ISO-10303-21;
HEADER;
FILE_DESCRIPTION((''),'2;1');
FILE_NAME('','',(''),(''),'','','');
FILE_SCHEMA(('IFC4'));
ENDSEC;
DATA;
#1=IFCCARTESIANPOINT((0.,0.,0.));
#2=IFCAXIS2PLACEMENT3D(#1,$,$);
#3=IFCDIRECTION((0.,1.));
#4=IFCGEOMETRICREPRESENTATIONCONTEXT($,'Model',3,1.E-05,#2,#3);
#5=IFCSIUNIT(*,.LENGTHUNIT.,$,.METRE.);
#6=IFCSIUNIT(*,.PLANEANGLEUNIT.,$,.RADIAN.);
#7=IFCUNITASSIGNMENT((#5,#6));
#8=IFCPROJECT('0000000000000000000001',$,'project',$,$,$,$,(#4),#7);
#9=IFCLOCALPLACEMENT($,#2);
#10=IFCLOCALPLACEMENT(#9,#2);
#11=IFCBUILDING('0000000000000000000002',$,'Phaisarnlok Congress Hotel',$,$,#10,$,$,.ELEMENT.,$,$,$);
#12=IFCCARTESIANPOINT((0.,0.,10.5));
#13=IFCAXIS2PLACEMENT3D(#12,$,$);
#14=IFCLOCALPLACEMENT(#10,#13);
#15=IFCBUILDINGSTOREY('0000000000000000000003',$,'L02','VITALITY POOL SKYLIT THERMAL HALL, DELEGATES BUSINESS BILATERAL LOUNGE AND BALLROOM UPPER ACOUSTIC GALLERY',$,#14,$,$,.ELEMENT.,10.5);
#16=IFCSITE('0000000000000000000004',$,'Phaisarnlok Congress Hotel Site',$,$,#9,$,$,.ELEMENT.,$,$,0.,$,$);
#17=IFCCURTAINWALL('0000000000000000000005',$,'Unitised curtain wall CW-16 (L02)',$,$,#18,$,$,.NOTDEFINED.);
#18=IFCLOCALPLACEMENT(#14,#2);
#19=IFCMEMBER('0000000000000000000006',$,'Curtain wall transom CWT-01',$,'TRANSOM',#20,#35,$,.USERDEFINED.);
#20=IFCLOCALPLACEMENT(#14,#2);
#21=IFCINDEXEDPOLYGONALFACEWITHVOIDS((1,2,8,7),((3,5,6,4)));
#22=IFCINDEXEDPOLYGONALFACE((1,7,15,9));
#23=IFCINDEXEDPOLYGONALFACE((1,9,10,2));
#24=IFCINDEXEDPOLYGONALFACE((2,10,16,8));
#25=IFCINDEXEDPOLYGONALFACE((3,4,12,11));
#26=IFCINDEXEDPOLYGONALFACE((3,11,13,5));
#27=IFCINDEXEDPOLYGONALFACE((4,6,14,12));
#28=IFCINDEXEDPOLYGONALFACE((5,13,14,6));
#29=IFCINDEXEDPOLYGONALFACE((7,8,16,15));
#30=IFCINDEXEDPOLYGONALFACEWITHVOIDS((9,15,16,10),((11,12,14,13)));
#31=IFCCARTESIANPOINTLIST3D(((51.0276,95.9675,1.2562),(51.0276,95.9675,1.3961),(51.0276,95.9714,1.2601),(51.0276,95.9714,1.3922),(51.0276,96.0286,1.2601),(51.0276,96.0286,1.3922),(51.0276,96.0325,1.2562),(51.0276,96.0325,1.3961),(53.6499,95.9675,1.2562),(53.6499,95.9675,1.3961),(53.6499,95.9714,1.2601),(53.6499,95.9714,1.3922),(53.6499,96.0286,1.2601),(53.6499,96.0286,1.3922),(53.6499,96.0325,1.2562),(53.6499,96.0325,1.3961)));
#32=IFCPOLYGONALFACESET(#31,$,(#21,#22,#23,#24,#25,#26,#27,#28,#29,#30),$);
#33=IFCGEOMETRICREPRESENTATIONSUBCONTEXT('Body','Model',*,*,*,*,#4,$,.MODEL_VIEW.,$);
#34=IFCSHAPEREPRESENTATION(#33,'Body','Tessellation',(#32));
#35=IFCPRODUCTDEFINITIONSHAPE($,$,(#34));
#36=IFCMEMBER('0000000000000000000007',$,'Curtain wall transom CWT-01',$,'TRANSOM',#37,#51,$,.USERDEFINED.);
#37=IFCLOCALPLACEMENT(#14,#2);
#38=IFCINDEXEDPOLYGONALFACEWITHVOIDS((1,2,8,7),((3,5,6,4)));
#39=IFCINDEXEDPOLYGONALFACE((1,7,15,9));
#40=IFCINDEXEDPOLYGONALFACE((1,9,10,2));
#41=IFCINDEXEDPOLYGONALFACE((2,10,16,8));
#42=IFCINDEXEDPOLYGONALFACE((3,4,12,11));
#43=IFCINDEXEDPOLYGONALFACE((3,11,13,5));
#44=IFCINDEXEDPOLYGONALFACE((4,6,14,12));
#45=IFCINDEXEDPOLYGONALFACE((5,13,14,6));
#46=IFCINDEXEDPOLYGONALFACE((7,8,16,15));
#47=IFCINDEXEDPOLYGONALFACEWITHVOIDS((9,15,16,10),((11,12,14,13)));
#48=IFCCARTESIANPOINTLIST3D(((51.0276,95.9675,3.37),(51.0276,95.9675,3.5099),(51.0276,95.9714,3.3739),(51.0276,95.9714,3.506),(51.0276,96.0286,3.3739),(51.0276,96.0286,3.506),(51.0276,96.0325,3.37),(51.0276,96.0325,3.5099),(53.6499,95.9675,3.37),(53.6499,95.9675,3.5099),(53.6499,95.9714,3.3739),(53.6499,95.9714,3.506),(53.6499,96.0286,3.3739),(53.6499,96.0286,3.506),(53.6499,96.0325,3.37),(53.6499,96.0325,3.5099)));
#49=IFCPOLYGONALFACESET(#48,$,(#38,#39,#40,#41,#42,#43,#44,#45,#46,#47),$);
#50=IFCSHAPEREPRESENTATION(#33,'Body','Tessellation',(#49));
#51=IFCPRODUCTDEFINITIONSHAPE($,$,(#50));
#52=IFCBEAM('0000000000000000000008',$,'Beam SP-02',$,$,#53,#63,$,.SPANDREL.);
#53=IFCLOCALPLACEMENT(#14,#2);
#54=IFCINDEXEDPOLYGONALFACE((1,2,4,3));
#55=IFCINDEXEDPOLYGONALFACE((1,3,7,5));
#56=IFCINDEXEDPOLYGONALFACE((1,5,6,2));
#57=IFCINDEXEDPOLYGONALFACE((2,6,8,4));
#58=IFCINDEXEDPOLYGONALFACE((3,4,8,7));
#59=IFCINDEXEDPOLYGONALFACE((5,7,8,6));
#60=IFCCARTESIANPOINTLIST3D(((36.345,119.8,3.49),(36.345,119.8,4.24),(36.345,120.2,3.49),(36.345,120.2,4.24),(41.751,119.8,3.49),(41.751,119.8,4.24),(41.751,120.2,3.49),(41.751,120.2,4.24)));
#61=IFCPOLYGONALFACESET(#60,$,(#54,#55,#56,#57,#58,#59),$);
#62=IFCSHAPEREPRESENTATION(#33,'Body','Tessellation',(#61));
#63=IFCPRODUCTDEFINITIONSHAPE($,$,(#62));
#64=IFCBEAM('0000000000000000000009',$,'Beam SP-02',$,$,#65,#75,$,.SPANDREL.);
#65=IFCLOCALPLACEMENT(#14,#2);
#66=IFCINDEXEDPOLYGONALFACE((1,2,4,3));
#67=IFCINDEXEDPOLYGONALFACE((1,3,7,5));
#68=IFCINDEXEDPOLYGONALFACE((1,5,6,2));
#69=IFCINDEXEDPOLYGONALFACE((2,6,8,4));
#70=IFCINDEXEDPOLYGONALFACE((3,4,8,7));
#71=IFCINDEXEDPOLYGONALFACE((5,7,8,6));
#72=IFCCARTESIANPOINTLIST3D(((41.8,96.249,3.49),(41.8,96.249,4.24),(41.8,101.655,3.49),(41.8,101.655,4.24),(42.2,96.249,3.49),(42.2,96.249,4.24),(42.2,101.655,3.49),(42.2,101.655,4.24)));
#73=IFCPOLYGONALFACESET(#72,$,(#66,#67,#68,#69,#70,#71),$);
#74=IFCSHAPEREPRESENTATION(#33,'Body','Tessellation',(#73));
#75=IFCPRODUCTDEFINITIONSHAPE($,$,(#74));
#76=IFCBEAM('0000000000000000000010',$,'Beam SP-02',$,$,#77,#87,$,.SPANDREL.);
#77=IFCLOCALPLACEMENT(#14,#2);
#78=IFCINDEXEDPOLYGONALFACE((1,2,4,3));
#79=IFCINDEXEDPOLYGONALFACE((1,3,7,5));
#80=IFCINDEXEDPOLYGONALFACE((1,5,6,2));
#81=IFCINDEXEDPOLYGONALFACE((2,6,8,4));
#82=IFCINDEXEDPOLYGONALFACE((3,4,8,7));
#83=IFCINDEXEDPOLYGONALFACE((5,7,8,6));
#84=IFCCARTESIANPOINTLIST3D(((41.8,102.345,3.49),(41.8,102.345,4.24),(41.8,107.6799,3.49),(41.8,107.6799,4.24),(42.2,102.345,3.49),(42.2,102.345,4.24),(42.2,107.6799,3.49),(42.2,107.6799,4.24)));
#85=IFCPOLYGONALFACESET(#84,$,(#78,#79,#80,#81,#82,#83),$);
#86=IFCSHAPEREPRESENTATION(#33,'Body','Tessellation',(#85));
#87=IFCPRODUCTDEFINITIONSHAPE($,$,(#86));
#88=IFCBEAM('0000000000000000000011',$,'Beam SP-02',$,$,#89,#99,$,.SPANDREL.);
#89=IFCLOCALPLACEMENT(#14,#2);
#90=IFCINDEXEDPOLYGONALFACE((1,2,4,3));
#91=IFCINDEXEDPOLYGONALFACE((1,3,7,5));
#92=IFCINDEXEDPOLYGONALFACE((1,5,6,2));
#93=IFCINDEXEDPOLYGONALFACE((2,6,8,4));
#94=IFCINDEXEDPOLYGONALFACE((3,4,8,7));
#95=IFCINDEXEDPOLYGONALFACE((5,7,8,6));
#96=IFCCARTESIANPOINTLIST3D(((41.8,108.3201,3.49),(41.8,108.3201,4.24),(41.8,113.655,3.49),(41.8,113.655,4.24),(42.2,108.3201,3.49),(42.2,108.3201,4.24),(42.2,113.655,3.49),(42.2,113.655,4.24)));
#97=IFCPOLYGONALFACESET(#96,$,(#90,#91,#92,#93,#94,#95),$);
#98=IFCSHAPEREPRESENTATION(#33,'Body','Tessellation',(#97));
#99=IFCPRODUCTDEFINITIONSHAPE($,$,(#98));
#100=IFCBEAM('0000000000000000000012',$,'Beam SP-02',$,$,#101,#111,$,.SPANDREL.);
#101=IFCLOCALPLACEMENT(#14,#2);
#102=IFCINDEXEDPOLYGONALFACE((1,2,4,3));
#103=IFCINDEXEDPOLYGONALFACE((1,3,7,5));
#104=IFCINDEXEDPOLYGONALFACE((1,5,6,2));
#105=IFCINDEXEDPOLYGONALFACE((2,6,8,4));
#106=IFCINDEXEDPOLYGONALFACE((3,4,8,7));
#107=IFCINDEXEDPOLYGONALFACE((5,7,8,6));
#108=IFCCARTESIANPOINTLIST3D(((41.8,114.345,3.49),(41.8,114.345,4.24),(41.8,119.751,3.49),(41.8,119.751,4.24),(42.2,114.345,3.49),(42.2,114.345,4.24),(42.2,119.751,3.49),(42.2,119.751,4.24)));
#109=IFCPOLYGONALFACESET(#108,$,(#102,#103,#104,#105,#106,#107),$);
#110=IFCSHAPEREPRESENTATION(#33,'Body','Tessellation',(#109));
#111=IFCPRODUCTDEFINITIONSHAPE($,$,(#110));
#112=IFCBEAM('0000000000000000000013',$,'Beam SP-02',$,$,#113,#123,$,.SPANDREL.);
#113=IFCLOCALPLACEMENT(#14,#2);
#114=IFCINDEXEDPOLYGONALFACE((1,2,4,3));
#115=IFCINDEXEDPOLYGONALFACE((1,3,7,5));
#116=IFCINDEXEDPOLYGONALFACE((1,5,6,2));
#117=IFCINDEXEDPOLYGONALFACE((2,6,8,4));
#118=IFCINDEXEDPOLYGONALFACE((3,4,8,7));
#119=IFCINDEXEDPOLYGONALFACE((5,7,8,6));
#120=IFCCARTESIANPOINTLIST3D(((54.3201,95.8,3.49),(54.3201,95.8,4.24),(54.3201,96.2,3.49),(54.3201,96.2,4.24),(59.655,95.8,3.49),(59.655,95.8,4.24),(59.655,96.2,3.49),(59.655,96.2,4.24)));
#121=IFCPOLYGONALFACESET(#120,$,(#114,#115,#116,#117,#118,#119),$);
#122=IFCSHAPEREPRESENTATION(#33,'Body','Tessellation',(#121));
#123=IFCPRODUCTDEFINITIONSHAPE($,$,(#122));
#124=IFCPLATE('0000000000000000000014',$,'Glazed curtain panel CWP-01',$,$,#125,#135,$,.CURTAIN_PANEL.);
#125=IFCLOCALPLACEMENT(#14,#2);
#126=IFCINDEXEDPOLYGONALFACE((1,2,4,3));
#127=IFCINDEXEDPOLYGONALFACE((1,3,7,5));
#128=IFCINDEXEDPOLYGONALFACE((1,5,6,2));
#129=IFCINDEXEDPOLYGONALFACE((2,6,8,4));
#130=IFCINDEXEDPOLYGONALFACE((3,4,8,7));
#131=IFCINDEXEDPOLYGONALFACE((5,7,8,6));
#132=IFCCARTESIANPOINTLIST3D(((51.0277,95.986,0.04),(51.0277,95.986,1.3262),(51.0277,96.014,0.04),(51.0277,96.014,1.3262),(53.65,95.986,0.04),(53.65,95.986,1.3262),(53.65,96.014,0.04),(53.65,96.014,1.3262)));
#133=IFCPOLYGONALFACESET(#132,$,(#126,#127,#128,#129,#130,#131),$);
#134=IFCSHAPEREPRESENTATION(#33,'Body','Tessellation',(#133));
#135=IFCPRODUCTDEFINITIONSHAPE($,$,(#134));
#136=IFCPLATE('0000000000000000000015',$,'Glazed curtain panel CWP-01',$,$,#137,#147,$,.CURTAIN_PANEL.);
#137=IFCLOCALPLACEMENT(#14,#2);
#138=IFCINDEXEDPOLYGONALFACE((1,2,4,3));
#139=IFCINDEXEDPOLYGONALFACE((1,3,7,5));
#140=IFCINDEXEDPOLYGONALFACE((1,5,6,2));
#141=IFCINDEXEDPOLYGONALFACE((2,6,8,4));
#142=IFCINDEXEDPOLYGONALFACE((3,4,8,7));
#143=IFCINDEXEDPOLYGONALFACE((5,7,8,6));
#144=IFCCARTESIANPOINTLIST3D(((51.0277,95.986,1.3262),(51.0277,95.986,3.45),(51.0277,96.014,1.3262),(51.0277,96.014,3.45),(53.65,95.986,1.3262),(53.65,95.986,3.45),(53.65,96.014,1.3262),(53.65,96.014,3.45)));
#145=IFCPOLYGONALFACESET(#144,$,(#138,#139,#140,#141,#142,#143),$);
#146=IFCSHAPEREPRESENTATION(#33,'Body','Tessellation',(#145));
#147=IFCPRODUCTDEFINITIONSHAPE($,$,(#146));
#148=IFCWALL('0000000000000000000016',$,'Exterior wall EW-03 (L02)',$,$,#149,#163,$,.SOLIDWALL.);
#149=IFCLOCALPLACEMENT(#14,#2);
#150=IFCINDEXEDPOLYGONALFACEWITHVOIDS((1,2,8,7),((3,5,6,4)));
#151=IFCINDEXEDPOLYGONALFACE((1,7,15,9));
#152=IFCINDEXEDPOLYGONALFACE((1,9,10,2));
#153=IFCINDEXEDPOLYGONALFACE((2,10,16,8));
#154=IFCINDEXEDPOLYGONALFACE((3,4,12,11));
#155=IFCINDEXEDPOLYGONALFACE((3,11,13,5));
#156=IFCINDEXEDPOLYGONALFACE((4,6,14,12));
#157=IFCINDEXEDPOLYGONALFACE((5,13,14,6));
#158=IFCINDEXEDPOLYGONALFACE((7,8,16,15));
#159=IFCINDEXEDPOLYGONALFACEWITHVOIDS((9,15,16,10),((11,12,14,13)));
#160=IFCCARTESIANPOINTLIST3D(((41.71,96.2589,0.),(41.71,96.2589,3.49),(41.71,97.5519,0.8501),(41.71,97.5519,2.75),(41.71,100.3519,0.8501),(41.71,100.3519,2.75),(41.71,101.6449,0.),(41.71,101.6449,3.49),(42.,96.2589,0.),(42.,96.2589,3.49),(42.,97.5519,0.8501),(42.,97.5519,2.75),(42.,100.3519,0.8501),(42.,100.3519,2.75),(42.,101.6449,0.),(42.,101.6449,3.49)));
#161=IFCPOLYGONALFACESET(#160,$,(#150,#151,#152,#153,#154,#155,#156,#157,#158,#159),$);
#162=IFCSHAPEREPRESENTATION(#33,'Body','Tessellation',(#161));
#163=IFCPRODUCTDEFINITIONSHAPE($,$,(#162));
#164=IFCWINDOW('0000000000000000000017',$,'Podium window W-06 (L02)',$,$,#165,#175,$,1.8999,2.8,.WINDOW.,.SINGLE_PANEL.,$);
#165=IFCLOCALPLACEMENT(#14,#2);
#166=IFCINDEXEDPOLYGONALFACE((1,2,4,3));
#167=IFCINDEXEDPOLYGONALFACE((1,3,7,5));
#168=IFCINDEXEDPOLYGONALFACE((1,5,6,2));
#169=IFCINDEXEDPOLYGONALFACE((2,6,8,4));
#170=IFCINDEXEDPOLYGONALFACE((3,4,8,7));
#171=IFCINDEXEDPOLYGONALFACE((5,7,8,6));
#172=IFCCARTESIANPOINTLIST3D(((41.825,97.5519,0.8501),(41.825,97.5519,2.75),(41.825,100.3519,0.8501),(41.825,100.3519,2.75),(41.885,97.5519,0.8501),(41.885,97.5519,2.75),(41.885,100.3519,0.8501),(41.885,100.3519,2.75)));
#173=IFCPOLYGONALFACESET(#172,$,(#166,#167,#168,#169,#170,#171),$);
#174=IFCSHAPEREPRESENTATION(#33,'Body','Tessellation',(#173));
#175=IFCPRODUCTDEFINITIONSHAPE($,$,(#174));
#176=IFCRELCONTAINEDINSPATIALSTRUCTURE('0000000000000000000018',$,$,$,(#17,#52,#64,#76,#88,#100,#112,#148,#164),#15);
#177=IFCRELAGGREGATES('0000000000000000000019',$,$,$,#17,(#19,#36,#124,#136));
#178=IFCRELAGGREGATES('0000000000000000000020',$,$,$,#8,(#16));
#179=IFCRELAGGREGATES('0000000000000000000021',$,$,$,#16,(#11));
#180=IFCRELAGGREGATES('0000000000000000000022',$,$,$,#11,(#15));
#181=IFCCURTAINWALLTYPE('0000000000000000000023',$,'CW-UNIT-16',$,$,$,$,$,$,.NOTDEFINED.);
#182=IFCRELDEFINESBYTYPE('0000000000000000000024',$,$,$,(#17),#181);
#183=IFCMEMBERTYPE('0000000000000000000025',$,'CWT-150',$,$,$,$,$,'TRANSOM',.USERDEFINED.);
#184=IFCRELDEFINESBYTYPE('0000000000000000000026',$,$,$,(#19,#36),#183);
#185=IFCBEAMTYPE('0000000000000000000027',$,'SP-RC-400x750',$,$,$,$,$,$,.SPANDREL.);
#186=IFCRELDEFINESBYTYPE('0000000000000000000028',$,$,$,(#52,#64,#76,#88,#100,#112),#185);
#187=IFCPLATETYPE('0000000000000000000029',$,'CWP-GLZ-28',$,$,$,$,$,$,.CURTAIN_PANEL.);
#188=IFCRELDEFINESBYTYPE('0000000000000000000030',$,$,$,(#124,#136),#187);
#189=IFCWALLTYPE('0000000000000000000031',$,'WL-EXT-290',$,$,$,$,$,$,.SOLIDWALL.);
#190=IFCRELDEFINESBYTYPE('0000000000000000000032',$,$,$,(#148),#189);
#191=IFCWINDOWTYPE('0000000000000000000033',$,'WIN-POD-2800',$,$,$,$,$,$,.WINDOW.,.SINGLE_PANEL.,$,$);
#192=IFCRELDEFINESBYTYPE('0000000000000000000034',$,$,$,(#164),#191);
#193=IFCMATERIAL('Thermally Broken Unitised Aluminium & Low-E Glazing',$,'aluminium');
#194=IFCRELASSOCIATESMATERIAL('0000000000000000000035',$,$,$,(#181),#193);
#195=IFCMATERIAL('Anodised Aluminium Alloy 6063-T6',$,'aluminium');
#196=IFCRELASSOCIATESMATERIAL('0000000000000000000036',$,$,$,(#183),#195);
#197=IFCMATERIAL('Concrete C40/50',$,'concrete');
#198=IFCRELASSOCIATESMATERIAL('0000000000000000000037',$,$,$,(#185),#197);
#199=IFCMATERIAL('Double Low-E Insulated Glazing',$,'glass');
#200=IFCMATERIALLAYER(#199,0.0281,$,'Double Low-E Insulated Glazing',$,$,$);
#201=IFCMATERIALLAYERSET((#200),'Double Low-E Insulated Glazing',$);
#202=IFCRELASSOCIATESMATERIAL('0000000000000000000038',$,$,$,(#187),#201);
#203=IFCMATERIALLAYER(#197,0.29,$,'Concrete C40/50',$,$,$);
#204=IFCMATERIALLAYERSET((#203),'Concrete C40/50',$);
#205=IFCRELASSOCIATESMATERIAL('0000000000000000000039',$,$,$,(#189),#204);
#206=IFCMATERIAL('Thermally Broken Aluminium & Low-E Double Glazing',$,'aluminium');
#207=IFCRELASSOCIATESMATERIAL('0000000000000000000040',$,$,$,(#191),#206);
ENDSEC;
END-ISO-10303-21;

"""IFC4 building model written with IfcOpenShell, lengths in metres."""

from ifc_helpers import new_model, si_unit, direction, frame, frame_2d, origin, origin_2d, place, context, subcontext, project, spatial, rectangle, hollow_rectangle, extrude, material, layer, layer_set, material_profile, profile_set, type_object, element, fill, aggregate, save


model = new_model("IFC4")

# Units and contexts
model_context = context("Model", 3, precision=1e-05, world=origin(), true_north=direction((0.0, 1.0)))
body_context = subcontext(model_context, "Body", "Model", "MODEL_VIEW")
ifc_project = project(units=[si_unit("LENGTHUNIT", "METRE"), si_unit("PLANEANGLEUNIT", "RADIAN")], contexts=[model_context])

# Site, building, storey
site_placement = place(None, origin())
site = spatial("IfcSite", under=ifc_project, at=site_placement, Name="Phaisarnlok Congress Hotel Site", CompositionType="ELEMENT", RefElevation=0.0)
building_placement = place(site_placement, origin())
building = spatial("IfcBuilding", under=site, at=building_placement, Name="Phaisarnlok Congress Hotel", CompositionType="ELEMENT")
storey_placement = place(building_placement, frame((0.0, 0.0, 10.5)))
storey = spatial("IfcBuildingStorey", under=building, at=storey_placement, Name="L02", Description="VITALITY POOL SKYLIT THERMAL HALL, DELEGATES BUSINESS BILATERAL LOUNGE AND BALLROOM UPPER ACOUSTIC GALLERY", CompositionType="ELEMENT", Elevation=10.5)

# Curtain wall, members
ifc_material_1 = material(Name="Thermally Broken Unitised Aluminium & Low-E Glazing", Category="aluminium")
curtain_wall_type = type_object("IfcCurtainWallType", Name="CW-UNIT-16", PredefinedType="NOTDEFINED", material=ifc_material_1)
curtain_wall_placement = place(storey_placement, origin())
curtain_wall = element("IfcCurtainWall", 1, at=curtain_wall_placement, inside=storey, type_object=curtain_wall_type, Name="Unitised curtain wall CW-16 (L02)", PredefinedType="NOTDEFINED")
ifc_material_2 = material(Name="Anodised Aluminium Alloy 6063-T6", Category="aluminium")
ifc_material_profile_1 = material_profile(ifc_material_2, hollow_rectangle(XDim=0.0649, YDim=0.1399, WallThickness=0.0039, at=origin_2d()), Name="ALU-T 65x140x4")
ifc_profile_set_1 = profile_set([ifc_material_profile_1], Name="Anodised Aluminium Alloy 6063-T6")
member_type = type_object("IfcMemberType", Name="CWT-150", ElementType="TRANSOM", PredefinedType="USERDEFINED", material=ifc_profile_set_1)
member_1_placement = place(storey_placement, frame((53.6499, 96.0, 1.3262), z_axis=(-1.0, 0.0, 0.0), x_axis=(0.0, -1.0, 0.0)))
member_1 = element("IfcMember", 2, at=member_1_placement, type_object=member_type, Name="Curtain wall transom CWT-01", ObjectType="TRANSOM", PredefinedType="USERDEFINED", context=body_context, shape_type="SweptSolid", body=[
    extrude(hollow_rectangle(XDim=0.0649, YDim=0.1399, WallThickness=0.0039, at=origin_2d()), origin(), (0.0, 0.0, 1.0), 2.6223),
])
member_2_placement = place(storey_placement, frame((53.6499, 96.0, 3.4399), z_axis=(-1.0, 0.0, 0.0), x_axis=(0.0, -1.0, 0.0)))
member_2 = element("IfcMember", 3, at=member_2_placement, type_object=member_type, Name="Curtain wall transom CWT-01", ObjectType="TRANSOM", PredefinedType="USERDEFINED", context=body_context, shape_type="SweptSolid", body=[
    extrude(hollow_rectangle(XDim=0.0649, YDim=0.1399, WallThickness=0.0039, at=origin_2d()), origin(), (0.0, 0.0, 1.0), 2.6223),
])

# Beams
ifc_material_3 = material(Name="Concrete C40/50", Category="concrete")
ifc_material_profile_2 = material_profile(ifc_material_3, rectangle(XDim=0.3999, YDim=0.75, at=origin_2d()), Name="RC 400x750")
ifc_profile_set_2 = profile_set([ifc_material_profile_2], Name="Concrete C40/50")
beam_type = type_object("IfcBeamType", Name="SP-RC-400x750", PredefinedType="SPANDREL", material=ifc_profile_set_2)
for number, where, z_axis, x_axis, name in (
    (4, (36.345, 120.0, 3.865), (1.0, 0.0, 0.0), (0.0, 1.0, 0.0), "Beam SP-02"),
    (5, (42.0, 96.249, 3.865), (0.0, 1.0, 0.0), (-1.0, 0.0, 0.0), "Beam SP-02"),
):
    element("IfcBeam", number, at=place(storey_placement, frame(where, z_axis=z_axis, x_axis=x_axis)), inside=storey, type_object=beam_type, Name=name, PredefinedType="SPANDREL", context=body_context, shape_type="SweptSolid", body=[
        extrude(rectangle(XDim=0.3999, YDim=0.75, at=origin_2d()), origin(), (0.0, 0.0, 1.0), 5.406),
    ])
for number, where, z_axis, x_axis, name in (
    (6, (42.0, 102.345, 3.865), (0.0, 1.0, 0.0), (-1.0, 0.0, 0.0), "Beam SP-02"),
    (7, (42.0, 108.3201, 3.865), (0.0, 1.0, 0.0), (-1.0, 0.0, 0.0), "Beam SP-02"),
):
    element("IfcBeam", number, at=place(storey_placement, frame(where, z_axis=z_axis, x_axis=x_axis)), inside=storey, type_object=beam_type, Name=name, PredefinedType="SPANDREL", context=body_context, shape_type="SweptSolid", body=[
        extrude(rectangle(XDim=0.3999, YDim=0.75, at=origin_2d()), origin(), (0.0, 0.0, 1.0), 5.335),
    ])
beam_1_placement = place(storey_placement, frame((42.0, 114.345, 3.865), z_axis=(0.0, 1.0, 0.0), x_axis=(-1.0, 0.0, 0.0)))
element("IfcBeam", 8, at=beam_1_placement, inside=storey, type_object=beam_type, Name="Beam SP-02", PredefinedType="SPANDREL", context=body_context, shape_type="SweptSolid", body=[
    extrude(rectangle(XDim=0.3999, YDim=0.75, at=origin_2d()), origin(), (0.0, 0.0, 1.0), 5.406),
])
beam_2_placement = place(storey_placement, frame((54.3201, 96.0, 3.865), z_axis=(1.0, 0.0, 0.0), x_axis=(0.0, 1.0, 0.0)))
element("IfcBeam", 9, at=beam_2_placement, inside=storey, type_object=beam_type, Name="Beam SP-02", PredefinedType="SPANDREL", context=body_context, shape_type="SweptSolid", body=[
    extrude(rectangle(XDim=0.3999, YDim=0.75, at=origin_2d()), origin(), (0.0, 0.0, 1.0), 5.335),
])

# Plates
ifc_material_4 = material(Name="Double Low-E Insulated Glazing", Category="glass")
ifc_layer_1 = layer(ifc_material_4, 0.0281, Name="Double Low-E Insulated Glazing")
ifc_layer_set_1 = layer_set([ifc_layer_1], Name="Double Low-E Insulated Glazing")
plate_type = type_object("IfcPlateType", Name="CWP-GLZ-28", PredefinedType="CURTAIN_PANEL", material=ifc_layer_set_1)
plate_1_placement = place(storey_placement, frame((53.6499, 96.0, 0.04), z_axis=(0.0, 0.0, 1.0), x_axis=(-1.0, 0.0, 0.0)))
plate_1 = element("IfcPlate", 10, at=plate_1_placement, type_object=plate_type, Name="Glazed curtain panel CWP-01", PredefinedType="CURTAIN_PANEL", context=body_context, shape_type="SweptSolid", body=[
    extrude(rectangle(XDim=2.6223, YDim=0.0281, at=frame_2d((1.311, 0.0))), origin(), (0.0, 0.0, 1.0), 1.2861),
])
plate_2_placement = place(storey_placement, frame((53.6499, 96.0, 1.3262), z_axis=(0.0, 0.0, 1.0), x_axis=(-1.0, 0.0, 0.0)))
plate_2 = element("IfcPlate", 11, at=plate_2_placement, type_object=plate_type, Name="Glazed curtain panel CWP-01", PredefinedType="CURTAIN_PANEL", context=body_context, shape_type="SweptSolid", body=[
    extrude(rectangle(XDim=2.6223, YDim=0.0281, at=frame_2d((1.311, 0.0))), origin(), (0.0, 0.0, 1.0), 2.1238),
])
aggregate(curtain_wall, [member_1, member_2, plate_1, plate_2])

# Wall, opening, window
ifc_layer_2 = layer(ifc_material_3, 0.29, Name="Concrete C40/50")
ifc_layer_set_2 = layer_set([ifc_layer_2], Name="Concrete C40/50")
wall_type = type_object("IfcWallType", Name="WL-EXT-290", PredefinedType="SOLIDWALL", material=ifc_layer_set_2)
wall_1_placement = place(storey_placement, frame((41.855, 96.259, 0.0), z_axis=(0.0, 0.0, 1.0), x_axis=(0.0, 1.0, 0.0)))
wall_1 = element("IfcWall", 12, at=wall_1_placement, inside=storey, type_object=wall_type, Name="Exterior wall EW-03 (L02)", PredefinedType="SOLIDWALL", context=body_context, shape_type="SweptSolid", body=[
    extrude(rectangle(XDim=5.386, YDim=0.29, at=frame_2d((2.6929, 0.0))), origin(), (0.0, 0.0, 1.0), 3.49),
])
opening_1_placement = place(wall_1_placement, frame((1.293, 0.0, 0.8501)))
opening_1 = element("IfcOpeningElement", 13, at=opening_1_placement, cuts=wall_1, PredefinedType="OPENING", context=body_context, shape_type="SweptSolid", body=[
    extrude(rectangle(XDim=2.8, YDim=1.8999, at=frame_2d((1.3999, 0.95))), frame((0.0, 0.155, 0.0), z_axis=(0.0, -1.0, 0.0), x_axis=(1.0, 0.0, 0.0)), (0.0, 0.0, 1.0), 0.3101),
])
ifc_material_5 = material(Name="Thermally Broken Aluminium & Low-E Double Glazing", Category="aluminium")
window_type_1 = type_object("IfcWindowType", Name="WIN-POD-2800", PartitioningType="SINGLE_PANEL", PredefinedType="WINDOW", material=ifc_material_5)
window_1_placement = place(opening_1_placement, origin())
window_1 = element("IfcWindow", 14, at=window_1_placement, inside=storey, type_object=window_type_1, Name="Podium window W-06 (L02)", OverallHeight=1.8999, OverallWidth=2.8, PartitioningType="SINGLE_PANEL", PredefinedType="WINDOW", context=body_context, shape_type="SweptSolid", body=[
    extrude(rectangle(XDim=2.8, YDim=1.8999, at=frame_2d((1.3999, 0.95))), frame((0.0, 0.03, 0.0), z_axis=(0.0, -1.0, 0.0), x_axis=(1.0, 0.0, 0.0)), (0.0, 0.0, 1.0), 0.0601),
])
fill(opening_1, window_1)

save(model, "model.ifc")
